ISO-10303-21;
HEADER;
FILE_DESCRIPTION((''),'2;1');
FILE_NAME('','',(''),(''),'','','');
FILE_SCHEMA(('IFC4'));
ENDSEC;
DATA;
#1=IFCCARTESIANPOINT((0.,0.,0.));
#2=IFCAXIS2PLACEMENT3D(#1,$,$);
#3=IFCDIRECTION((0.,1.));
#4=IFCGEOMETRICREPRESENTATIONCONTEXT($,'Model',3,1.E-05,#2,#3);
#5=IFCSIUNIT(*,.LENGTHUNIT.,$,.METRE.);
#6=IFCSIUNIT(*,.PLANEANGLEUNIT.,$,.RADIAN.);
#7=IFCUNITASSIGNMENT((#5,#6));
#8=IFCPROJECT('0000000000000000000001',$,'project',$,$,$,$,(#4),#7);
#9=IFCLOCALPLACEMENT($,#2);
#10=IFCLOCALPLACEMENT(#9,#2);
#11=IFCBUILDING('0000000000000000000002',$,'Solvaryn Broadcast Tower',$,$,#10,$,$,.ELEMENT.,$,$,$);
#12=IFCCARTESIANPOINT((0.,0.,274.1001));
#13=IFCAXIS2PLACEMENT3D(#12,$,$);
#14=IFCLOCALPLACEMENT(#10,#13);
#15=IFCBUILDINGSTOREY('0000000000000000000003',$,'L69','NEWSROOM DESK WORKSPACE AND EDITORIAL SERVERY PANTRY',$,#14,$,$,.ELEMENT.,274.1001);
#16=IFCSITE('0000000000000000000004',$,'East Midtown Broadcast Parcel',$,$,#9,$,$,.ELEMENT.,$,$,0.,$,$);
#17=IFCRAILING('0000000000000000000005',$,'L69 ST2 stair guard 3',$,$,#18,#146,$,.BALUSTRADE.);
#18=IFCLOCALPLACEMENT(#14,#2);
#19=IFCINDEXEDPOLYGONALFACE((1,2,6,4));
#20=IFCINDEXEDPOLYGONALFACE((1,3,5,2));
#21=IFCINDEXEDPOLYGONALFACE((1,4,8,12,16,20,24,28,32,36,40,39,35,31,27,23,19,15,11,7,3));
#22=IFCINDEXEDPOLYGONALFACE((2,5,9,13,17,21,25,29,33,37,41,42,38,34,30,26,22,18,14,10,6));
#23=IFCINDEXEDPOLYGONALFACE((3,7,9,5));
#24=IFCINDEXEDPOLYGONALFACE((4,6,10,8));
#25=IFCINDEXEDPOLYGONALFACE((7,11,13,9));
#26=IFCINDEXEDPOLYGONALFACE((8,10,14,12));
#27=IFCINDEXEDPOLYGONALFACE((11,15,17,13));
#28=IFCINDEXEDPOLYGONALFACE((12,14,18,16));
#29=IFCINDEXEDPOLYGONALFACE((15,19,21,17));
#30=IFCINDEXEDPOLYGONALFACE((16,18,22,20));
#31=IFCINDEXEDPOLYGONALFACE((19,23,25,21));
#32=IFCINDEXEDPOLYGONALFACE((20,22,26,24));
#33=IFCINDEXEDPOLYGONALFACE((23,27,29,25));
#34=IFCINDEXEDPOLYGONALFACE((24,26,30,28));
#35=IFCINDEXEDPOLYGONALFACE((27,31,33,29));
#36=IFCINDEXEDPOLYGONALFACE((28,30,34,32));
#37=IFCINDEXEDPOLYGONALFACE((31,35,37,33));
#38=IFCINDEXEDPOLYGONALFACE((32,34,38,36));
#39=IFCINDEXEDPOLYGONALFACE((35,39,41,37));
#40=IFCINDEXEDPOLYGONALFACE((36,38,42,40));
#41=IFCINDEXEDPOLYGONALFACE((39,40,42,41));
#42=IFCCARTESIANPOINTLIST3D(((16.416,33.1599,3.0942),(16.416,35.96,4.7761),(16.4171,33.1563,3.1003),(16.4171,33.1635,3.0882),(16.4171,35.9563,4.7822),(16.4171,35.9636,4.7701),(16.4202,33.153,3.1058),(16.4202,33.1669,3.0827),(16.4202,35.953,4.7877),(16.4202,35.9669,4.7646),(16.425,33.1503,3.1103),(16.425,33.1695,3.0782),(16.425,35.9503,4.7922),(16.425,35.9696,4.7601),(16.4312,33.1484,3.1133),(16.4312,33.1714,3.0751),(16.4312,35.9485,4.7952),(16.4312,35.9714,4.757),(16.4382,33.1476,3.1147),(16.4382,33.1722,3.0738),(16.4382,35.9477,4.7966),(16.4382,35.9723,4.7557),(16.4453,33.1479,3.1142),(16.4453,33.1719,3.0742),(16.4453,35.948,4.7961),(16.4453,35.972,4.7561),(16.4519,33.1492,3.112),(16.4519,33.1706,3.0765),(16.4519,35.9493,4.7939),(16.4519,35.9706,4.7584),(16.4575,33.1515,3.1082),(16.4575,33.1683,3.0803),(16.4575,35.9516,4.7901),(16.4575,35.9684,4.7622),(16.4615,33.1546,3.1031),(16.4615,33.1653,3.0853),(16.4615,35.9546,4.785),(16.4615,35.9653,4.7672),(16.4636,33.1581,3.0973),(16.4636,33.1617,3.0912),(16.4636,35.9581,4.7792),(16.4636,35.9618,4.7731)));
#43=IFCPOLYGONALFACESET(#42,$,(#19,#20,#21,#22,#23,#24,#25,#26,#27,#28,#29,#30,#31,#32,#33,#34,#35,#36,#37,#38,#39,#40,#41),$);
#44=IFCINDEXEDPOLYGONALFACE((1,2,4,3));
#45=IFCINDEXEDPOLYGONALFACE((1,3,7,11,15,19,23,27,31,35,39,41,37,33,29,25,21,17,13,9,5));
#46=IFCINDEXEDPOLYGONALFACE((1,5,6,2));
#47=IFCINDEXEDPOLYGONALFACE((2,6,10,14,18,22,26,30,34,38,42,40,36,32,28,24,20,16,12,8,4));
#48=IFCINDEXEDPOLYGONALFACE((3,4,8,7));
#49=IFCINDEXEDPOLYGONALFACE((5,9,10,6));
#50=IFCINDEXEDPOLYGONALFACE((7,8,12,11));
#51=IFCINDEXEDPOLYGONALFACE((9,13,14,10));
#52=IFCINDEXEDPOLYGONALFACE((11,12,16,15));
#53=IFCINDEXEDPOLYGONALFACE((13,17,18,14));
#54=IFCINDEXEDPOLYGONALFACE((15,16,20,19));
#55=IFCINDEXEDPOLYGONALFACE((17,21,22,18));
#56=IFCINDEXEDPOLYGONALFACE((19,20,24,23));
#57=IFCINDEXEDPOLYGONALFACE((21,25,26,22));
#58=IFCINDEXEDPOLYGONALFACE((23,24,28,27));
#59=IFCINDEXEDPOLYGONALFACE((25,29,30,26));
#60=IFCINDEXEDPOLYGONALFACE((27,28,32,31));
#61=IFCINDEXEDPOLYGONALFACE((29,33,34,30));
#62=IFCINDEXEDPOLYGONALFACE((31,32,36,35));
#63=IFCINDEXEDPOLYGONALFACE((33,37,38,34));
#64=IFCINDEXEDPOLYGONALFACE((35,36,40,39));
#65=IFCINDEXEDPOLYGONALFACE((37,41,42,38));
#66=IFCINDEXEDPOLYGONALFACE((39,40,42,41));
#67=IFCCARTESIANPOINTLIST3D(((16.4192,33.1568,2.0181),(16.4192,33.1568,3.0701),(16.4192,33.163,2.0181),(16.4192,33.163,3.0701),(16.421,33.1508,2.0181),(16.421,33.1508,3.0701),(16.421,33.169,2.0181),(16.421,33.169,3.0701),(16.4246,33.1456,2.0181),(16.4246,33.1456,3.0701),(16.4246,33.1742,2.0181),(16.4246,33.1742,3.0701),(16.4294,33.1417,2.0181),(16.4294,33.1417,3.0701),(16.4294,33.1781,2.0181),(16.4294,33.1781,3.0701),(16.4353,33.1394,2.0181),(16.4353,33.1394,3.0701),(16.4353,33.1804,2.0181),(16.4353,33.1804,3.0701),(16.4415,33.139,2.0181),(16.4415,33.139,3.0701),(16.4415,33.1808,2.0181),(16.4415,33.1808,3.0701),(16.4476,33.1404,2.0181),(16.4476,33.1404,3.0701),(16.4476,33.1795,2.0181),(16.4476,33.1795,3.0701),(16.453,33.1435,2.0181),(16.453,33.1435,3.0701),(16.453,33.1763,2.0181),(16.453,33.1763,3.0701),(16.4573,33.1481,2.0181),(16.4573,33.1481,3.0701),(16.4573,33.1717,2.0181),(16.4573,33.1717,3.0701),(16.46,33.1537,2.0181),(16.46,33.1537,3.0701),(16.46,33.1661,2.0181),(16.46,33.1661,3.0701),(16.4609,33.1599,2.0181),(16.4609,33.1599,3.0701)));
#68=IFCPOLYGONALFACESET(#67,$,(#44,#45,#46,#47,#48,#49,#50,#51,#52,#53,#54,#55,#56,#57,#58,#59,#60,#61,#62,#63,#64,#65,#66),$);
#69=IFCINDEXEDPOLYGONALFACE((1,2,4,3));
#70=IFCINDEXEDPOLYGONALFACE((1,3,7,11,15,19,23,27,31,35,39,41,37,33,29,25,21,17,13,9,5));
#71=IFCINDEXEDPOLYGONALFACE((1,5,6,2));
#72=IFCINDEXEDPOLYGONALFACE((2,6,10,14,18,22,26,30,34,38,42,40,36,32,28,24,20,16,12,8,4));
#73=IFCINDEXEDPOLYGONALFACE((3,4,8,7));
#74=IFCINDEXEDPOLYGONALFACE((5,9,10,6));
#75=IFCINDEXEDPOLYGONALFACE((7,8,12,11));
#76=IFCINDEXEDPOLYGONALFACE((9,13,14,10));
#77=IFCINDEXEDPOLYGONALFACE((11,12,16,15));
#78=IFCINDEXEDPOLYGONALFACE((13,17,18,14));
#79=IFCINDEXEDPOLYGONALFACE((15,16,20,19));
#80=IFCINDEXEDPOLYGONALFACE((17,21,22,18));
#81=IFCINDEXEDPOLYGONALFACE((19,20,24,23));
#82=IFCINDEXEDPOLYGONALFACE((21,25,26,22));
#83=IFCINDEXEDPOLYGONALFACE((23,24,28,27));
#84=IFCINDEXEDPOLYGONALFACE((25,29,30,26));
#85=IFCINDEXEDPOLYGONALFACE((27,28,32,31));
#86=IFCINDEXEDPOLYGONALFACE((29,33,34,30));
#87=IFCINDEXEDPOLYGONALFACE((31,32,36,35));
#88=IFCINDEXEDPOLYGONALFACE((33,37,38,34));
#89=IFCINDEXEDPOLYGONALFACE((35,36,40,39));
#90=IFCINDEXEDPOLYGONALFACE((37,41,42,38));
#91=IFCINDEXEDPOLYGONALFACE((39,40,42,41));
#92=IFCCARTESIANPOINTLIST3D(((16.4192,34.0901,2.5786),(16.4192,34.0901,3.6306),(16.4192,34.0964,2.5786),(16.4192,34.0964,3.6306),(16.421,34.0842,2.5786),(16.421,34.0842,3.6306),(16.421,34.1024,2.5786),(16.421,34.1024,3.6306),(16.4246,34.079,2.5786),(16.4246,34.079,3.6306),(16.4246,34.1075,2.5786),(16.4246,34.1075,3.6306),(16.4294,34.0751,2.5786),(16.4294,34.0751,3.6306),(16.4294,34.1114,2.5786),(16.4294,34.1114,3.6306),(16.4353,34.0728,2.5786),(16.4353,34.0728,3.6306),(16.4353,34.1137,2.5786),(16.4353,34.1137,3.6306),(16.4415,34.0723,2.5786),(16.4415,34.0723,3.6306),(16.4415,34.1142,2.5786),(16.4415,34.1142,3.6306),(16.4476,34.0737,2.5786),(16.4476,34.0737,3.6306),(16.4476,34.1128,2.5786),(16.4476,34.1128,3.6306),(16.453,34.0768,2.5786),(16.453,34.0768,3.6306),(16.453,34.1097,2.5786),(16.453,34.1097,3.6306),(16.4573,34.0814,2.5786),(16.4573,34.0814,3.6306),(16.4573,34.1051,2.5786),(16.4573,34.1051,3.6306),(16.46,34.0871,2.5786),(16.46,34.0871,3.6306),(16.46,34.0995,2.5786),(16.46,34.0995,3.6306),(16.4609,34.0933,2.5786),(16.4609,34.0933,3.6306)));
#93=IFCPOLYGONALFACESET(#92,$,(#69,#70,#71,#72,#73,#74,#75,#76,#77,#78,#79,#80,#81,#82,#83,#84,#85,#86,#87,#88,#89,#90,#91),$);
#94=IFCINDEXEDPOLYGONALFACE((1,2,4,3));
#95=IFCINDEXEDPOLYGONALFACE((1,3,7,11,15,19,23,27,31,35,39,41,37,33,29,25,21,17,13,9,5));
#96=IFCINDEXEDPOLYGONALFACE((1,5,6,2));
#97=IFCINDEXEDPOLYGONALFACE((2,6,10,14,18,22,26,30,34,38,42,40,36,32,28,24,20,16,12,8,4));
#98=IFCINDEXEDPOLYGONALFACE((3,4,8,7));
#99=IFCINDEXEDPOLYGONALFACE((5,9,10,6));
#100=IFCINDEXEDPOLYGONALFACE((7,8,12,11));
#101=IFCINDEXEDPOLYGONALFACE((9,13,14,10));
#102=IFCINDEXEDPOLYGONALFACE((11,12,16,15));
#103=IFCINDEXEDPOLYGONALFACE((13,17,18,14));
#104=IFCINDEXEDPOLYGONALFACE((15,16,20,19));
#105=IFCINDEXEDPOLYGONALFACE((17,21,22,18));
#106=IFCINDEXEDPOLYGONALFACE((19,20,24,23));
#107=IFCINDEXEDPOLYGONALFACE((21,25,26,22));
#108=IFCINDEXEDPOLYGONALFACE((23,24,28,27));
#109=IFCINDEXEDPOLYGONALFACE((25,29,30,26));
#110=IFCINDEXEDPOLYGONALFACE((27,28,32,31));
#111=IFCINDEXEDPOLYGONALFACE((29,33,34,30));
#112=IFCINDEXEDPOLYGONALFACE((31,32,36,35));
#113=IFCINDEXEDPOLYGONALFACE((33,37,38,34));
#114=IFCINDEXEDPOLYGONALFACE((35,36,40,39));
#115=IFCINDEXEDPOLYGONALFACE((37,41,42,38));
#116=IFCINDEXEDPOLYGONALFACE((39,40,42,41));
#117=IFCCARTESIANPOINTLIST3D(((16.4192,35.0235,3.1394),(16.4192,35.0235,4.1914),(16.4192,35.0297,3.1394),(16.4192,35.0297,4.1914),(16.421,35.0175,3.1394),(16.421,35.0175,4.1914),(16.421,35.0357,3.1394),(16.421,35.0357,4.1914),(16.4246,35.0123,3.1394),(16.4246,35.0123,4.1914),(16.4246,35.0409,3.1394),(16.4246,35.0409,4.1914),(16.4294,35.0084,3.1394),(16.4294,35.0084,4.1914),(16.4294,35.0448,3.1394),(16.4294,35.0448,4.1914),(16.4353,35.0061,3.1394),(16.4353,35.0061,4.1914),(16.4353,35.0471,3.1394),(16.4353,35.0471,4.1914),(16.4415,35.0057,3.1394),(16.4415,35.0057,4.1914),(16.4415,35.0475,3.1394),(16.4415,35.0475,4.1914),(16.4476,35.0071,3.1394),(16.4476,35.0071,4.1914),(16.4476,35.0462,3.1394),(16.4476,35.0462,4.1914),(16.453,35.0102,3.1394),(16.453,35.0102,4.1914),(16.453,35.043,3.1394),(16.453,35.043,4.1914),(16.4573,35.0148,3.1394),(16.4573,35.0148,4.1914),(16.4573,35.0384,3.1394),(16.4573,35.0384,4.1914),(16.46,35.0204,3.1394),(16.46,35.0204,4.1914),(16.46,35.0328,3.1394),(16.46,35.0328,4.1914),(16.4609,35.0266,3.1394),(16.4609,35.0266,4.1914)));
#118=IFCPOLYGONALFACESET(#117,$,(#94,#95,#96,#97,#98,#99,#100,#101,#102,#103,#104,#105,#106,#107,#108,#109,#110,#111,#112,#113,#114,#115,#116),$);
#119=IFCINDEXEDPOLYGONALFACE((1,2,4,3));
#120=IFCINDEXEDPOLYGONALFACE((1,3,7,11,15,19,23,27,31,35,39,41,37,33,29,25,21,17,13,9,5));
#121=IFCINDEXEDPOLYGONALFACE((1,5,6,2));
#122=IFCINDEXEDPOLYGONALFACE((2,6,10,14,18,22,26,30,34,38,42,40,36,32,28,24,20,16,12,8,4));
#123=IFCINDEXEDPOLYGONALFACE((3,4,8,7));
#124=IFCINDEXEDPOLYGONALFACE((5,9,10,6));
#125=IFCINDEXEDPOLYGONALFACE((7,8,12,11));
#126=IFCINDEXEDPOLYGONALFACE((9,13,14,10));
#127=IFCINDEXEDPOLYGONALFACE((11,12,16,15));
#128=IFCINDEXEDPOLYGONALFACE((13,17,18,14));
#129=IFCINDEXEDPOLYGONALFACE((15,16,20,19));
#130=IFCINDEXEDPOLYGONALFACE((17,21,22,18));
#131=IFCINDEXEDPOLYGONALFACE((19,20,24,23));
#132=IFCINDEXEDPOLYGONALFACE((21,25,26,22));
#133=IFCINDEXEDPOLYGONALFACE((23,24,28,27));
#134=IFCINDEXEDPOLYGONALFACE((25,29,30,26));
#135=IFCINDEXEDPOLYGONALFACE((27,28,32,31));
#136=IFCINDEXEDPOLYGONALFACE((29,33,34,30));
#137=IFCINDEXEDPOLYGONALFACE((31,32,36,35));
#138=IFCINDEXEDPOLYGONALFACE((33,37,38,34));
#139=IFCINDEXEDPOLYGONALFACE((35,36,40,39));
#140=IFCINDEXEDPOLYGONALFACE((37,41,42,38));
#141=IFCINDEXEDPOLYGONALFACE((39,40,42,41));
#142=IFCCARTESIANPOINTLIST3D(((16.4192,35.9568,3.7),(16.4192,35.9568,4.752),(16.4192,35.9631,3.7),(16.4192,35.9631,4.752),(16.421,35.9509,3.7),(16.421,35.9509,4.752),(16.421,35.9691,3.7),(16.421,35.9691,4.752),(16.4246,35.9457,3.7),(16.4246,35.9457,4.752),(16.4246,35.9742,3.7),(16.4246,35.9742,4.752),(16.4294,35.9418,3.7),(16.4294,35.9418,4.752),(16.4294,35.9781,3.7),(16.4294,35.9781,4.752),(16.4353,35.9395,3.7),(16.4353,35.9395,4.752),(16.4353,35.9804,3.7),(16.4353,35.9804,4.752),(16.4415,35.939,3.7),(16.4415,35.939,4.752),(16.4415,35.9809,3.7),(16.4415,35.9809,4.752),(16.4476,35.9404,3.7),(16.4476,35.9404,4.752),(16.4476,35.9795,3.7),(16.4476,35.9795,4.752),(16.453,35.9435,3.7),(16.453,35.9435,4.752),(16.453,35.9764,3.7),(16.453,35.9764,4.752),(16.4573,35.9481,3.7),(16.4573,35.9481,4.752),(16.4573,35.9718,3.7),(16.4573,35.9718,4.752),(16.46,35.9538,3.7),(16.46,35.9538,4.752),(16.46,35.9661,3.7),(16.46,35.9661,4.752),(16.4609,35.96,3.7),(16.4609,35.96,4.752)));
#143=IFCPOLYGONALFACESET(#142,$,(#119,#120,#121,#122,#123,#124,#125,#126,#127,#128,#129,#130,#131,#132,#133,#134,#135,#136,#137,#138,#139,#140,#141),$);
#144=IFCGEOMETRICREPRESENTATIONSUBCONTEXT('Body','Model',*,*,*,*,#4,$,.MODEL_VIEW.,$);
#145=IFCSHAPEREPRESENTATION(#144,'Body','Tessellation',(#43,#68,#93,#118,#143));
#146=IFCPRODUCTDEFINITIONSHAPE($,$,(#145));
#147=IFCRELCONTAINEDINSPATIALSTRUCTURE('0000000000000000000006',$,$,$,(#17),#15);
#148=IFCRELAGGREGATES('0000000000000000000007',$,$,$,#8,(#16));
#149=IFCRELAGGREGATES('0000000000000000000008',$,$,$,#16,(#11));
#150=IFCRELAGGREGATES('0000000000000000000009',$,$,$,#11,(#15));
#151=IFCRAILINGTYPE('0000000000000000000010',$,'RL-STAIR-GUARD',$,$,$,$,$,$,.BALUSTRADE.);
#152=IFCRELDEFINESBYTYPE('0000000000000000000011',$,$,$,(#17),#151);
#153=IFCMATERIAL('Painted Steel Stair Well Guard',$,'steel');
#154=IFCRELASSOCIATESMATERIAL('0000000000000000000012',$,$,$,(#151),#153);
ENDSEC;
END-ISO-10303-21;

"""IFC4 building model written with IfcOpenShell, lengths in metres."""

from ifc_helpers import new_model, si_unit, direction, frame, origin, origin_2d, place, context, subcontext, project, spatial, circle, extrude, material, type_object, element, save


model = new_model("IFC4")

# Units and contexts
model_context = context("Model", 3, precision=1e-05, world=origin(), true_north=direction((0.0, 1.0)))
body_context = subcontext(model_context, "Body", "Model", "MODEL_VIEW")
ifc_project = project(units=[si_unit("LENGTHUNIT", "METRE"), si_unit("PLANEANGLEUNIT", "RADIAN")], contexts=[model_context])

# Site, building, storey
site_placement = place(None, origin())
site = spatial("IfcSite", under=ifc_project, at=site_placement, Name="East Midtown Broadcast Parcel", CompositionType="ELEMENT", RefElevation=0.0)
building_placement = place(site_placement, origin())
building = spatial("IfcBuilding", under=site, at=building_placement, Name="Solvaryn Broadcast Tower", CompositionType="ELEMENT")
storey_placement = place(building_placement, frame((0.0, 0.0, 274.1001)))
storey = spatial("IfcBuildingStorey", under=building, at=storey_placement, Name="L69", Description="NEWSROOM DESK WORKSPACE AND EDITORIAL SERVERY PANTRY", CompositionType="ELEMENT", Elevation=274.1001)

# Railing
ifc_material_1 = material(Name="Painted Steel Stair Well Guard", Category="steel")
railing_type_1 = type_object("IfcRailingType", Name="RL-STAIR-GUARD", PredefinedType="BALUSTRADE", material=ifc_material_1)
railing_1_placement = place(storey_placement, frame((16.4399, 33.1599, 2.0181)))
element("IfcRailing", 1, at=railing_1_placement, inside=storey, type_object=railing_type_1, Name="L69 ST2 stair guard 3", PredefinedType="BALUSTRADE", context=body_context, shape_type="SweptSolid", body=[
    extrude(circle(Radius=0.0239, at=origin_2d()), frame((0.0, 0.0, 1.0762), z_axis=(0.0, 0.857242, 0.514913), x_axis=(-1.0, 0.0, 0.0)), (0.0, 0.0, 1.0), 3.2664),
    extrude(circle(Radius=0.021, at=origin_2d()), origin(), (0.0, 0.0, 1.0), 1.052),
    extrude(circle(Radius=0.021, at=origin_2d()), frame((0.0, 0.9333, 0.5605)), (0.0, 0.0, 1.0), 1.052),
    extrude(circle(Radius=0.021, at=origin_2d()), frame((0.0, 1.8667, 1.1213)), (0.0, 0.0, 1.0), 1.052),
    extrude(circle(Radius=0.021, at=origin_2d()), frame((0.0, 2.8, 1.6819)), (0.0, 0.0, 1.0), 1.052),
])

save(model, "model.ifc")
